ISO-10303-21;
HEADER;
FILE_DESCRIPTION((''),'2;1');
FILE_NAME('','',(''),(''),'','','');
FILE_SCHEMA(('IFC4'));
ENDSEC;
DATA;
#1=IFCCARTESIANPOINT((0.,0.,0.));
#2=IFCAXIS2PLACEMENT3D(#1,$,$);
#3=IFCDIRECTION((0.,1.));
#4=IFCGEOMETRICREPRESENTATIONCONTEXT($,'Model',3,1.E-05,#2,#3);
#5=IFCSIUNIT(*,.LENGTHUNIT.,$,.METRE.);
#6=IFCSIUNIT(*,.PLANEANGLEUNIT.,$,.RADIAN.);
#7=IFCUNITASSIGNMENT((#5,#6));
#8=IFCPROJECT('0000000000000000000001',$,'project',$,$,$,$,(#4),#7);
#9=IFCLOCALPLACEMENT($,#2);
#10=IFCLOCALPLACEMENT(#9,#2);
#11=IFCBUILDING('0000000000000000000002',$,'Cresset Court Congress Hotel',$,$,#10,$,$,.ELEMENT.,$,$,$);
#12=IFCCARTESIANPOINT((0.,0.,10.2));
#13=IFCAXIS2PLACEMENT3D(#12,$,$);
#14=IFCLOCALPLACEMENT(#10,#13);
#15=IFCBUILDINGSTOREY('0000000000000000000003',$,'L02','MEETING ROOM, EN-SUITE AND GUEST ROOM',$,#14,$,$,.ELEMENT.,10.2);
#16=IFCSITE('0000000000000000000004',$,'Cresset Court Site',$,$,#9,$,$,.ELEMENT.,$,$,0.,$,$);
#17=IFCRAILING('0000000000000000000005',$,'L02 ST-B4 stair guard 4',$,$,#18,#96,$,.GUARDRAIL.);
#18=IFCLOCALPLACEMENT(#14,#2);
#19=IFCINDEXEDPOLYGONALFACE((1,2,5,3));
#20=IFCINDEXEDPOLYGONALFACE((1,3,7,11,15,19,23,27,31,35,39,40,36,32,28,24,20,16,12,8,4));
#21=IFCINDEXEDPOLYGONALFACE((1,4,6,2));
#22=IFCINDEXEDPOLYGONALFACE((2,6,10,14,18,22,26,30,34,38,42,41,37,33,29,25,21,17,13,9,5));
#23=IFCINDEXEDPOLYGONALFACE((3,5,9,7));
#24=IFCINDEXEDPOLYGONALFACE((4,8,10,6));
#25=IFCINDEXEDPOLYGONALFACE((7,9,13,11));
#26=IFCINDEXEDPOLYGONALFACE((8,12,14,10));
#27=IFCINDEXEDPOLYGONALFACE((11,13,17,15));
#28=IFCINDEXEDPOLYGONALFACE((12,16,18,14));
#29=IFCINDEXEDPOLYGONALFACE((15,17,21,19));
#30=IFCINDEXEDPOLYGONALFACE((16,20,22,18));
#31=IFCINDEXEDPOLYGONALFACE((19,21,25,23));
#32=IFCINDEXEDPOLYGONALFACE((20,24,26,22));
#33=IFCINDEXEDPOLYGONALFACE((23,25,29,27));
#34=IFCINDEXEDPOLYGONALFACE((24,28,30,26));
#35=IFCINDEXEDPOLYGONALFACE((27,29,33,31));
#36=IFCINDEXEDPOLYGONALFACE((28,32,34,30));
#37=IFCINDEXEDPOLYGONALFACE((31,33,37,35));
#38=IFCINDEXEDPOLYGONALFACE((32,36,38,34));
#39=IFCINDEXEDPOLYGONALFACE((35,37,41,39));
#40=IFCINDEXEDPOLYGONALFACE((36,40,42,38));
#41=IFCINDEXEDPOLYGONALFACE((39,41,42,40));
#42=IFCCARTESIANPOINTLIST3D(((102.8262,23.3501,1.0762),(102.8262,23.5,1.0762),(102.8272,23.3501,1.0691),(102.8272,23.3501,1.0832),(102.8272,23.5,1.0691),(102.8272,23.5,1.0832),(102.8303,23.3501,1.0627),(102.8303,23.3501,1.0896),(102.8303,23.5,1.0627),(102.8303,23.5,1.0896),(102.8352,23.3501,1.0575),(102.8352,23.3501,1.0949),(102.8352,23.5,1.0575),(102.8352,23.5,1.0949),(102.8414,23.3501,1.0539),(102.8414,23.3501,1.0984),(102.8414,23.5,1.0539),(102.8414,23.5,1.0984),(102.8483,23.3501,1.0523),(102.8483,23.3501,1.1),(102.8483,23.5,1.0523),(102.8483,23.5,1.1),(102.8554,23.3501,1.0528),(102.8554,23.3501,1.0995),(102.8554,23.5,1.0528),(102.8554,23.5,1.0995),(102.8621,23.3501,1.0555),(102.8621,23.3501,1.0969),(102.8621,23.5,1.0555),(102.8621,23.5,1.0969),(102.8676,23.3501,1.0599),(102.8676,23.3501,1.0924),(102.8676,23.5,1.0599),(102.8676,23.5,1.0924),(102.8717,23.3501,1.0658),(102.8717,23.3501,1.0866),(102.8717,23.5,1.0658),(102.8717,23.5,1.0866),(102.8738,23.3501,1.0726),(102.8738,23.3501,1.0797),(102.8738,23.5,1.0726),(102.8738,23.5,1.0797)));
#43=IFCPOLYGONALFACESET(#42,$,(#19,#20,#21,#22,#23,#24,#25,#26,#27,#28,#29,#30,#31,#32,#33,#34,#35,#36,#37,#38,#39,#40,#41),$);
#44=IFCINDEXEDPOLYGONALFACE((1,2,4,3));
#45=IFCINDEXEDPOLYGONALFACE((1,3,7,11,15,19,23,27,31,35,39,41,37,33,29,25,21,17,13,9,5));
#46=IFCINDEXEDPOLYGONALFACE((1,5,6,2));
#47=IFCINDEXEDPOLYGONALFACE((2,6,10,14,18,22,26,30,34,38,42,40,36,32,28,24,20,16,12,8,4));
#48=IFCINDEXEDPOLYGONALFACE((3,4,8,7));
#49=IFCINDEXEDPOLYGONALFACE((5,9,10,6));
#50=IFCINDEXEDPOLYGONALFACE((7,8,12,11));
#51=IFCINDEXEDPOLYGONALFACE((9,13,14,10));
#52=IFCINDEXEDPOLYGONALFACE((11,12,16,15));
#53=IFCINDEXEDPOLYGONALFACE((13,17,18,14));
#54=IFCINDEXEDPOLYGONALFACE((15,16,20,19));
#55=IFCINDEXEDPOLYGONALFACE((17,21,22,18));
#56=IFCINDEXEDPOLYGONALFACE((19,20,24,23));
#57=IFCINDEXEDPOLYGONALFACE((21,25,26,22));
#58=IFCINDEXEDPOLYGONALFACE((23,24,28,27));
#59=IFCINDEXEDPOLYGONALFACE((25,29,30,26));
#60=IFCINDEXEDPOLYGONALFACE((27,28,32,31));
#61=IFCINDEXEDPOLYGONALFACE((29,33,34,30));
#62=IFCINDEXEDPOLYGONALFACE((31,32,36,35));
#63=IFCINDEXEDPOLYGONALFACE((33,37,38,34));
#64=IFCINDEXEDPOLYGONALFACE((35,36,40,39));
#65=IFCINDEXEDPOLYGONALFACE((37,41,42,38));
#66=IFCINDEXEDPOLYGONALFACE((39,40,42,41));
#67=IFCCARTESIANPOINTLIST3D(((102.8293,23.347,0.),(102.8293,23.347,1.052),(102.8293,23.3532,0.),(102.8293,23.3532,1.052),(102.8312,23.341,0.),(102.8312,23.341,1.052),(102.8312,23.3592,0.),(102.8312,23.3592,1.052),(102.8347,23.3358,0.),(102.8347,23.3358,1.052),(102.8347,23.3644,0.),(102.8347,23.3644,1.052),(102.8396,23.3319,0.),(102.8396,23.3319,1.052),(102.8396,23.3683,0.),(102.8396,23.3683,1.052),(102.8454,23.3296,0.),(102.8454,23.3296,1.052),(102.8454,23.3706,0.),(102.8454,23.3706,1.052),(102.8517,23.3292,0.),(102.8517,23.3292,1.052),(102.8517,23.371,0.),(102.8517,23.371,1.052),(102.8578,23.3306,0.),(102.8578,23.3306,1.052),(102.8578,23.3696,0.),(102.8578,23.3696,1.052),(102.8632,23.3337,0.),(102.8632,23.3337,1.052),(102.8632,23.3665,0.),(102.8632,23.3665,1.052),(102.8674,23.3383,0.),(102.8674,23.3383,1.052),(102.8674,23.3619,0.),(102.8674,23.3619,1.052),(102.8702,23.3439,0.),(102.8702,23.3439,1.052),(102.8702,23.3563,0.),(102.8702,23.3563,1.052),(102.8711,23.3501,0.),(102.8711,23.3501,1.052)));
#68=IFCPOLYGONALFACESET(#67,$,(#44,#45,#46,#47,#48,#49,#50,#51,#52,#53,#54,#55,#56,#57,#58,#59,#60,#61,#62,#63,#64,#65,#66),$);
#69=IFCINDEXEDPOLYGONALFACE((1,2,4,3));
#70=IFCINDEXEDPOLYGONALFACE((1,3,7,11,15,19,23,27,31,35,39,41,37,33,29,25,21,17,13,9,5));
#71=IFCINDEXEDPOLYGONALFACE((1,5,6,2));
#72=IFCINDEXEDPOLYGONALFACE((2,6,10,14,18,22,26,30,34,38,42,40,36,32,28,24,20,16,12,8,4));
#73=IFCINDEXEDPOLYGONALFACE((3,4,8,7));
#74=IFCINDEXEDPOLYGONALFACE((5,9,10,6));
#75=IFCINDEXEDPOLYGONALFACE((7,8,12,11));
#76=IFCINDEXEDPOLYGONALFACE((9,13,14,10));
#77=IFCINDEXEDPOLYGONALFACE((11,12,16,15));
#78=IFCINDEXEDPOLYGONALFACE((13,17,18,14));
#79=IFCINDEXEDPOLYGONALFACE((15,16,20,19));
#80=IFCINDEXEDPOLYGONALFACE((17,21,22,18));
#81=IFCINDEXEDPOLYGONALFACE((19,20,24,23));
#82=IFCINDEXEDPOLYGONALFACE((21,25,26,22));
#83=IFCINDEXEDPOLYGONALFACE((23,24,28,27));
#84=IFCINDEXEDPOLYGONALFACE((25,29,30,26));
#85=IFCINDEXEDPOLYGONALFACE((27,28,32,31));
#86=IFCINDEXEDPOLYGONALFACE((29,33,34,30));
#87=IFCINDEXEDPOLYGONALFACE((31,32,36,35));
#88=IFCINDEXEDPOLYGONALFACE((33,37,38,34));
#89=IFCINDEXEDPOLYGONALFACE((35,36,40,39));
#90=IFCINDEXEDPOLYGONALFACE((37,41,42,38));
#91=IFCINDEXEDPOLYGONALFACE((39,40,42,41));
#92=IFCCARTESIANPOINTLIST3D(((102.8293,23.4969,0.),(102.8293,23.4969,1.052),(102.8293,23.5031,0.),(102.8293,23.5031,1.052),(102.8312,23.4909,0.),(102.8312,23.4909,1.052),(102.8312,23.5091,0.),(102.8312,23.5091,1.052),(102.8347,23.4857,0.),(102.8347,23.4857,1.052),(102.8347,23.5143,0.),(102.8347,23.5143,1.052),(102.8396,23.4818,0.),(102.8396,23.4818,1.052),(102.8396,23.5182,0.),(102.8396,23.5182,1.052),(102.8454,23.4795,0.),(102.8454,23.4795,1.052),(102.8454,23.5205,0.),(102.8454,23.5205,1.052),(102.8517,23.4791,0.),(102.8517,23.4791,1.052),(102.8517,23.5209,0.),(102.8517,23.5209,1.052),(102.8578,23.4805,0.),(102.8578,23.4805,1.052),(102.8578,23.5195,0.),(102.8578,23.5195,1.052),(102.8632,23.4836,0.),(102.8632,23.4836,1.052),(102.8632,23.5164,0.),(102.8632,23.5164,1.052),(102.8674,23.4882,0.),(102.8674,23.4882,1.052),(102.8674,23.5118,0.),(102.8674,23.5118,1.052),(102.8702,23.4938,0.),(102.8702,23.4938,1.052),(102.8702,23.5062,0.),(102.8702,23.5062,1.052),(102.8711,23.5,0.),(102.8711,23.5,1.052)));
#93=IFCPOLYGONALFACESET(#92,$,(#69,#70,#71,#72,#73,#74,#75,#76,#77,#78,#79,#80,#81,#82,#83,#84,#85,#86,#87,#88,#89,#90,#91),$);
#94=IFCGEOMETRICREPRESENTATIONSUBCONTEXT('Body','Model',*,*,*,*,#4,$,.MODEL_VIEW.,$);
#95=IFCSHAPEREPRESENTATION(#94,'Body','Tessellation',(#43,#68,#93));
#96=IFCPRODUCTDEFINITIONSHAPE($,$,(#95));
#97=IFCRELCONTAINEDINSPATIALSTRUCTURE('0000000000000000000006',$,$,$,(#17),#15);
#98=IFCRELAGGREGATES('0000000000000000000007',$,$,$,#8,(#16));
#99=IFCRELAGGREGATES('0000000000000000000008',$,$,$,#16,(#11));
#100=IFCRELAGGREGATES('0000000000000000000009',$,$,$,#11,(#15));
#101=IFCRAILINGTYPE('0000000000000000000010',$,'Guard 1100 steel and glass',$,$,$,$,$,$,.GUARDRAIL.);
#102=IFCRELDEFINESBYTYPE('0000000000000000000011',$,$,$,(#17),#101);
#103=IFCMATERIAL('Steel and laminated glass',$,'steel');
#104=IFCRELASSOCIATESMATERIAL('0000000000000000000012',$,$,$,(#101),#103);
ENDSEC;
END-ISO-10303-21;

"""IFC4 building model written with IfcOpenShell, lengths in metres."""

from ifc_helpers import new_model, si_unit, direction, frame, origin, origin_2d, place, context, subcontext, project, spatial, circle, extrude, material, type_object, element, save


model = new_model("IFC4")

# Units and contexts
model_context = context("Model", 3, precision=1e-05, world=origin(), true_north=direction((0.0, 1.0)))
body_context = subcontext(model_context, "Body", "Model", "MODEL_VIEW")
ifc_project = project(units=[si_unit("LENGTHUNIT", "METRE"), si_unit("PLANEANGLEUNIT", "RADIAN")], contexts=[model_context])

# Site, building, storey
site_placement = place(None, origin())
site = spatial("IfcSite", under=ifc_project, at=site_placement, Name="Cresset Court Site", CompositionType="ELEMENT", RefElevation=0.0)
building_placement = place(site_placement, origin())
building = spatial("IfcBuilding", under=site, at=building_placement, Name="Cresset Court Congress Hotel", CompositionType="ELEMENT")
storey_placement = place(building_placement, frame((0.0, 0.0, 10.2)))
storey = spatial("IfcBuildingStorey", under=building, at=storey_placement, Name="L02", Description="MEETING ROOM, EN-SUITE AND GUEST ROOM", CompositionType="ELEMENT", Elevation=10.2)

# Railing
ifc_material_1 = material(Name="Steel and laminated glass", Category="steel")
railing_type_1 = type_object("IfcRailingType", Name="Guard 1100 steel and glass", PredefinedType="GUARDRAIL", material=ifc_material_1)
railing_1_placement = place(storey_placement, frame((102.8501, 23.3501, 0.0)))
element("IfcRailing", 1, at=railing_1_placement, inside=storey, type_object=railing_type_1, Name="L02 ST-B4 stair guard 4", PredefinedType="GUARDRAIL", context=body_context, shape_type="SweptSolid", body=[
    extrude(circle(Radius=0.0239, at=origin_2d()), frame((0.0, 0.0, 1.0762), z_axis=(0.0, 1.0, 0.0), x_axis=(-1.0, 0.0, 0.0)), (0.0, 0.0, 1.0), 0.1499),
    extrude(circle(Radius=0.021, at=origin_2d()), origin(), (0.0, 0.0, 1.0), 1.052),
    extrude(circle(Radius=0.021, at=origin_2d()), frame((0.0, 0.1499, 0.0)), (0.0, 0.0, 1.0), 1.052),
])

save(model, "model.ifc")
